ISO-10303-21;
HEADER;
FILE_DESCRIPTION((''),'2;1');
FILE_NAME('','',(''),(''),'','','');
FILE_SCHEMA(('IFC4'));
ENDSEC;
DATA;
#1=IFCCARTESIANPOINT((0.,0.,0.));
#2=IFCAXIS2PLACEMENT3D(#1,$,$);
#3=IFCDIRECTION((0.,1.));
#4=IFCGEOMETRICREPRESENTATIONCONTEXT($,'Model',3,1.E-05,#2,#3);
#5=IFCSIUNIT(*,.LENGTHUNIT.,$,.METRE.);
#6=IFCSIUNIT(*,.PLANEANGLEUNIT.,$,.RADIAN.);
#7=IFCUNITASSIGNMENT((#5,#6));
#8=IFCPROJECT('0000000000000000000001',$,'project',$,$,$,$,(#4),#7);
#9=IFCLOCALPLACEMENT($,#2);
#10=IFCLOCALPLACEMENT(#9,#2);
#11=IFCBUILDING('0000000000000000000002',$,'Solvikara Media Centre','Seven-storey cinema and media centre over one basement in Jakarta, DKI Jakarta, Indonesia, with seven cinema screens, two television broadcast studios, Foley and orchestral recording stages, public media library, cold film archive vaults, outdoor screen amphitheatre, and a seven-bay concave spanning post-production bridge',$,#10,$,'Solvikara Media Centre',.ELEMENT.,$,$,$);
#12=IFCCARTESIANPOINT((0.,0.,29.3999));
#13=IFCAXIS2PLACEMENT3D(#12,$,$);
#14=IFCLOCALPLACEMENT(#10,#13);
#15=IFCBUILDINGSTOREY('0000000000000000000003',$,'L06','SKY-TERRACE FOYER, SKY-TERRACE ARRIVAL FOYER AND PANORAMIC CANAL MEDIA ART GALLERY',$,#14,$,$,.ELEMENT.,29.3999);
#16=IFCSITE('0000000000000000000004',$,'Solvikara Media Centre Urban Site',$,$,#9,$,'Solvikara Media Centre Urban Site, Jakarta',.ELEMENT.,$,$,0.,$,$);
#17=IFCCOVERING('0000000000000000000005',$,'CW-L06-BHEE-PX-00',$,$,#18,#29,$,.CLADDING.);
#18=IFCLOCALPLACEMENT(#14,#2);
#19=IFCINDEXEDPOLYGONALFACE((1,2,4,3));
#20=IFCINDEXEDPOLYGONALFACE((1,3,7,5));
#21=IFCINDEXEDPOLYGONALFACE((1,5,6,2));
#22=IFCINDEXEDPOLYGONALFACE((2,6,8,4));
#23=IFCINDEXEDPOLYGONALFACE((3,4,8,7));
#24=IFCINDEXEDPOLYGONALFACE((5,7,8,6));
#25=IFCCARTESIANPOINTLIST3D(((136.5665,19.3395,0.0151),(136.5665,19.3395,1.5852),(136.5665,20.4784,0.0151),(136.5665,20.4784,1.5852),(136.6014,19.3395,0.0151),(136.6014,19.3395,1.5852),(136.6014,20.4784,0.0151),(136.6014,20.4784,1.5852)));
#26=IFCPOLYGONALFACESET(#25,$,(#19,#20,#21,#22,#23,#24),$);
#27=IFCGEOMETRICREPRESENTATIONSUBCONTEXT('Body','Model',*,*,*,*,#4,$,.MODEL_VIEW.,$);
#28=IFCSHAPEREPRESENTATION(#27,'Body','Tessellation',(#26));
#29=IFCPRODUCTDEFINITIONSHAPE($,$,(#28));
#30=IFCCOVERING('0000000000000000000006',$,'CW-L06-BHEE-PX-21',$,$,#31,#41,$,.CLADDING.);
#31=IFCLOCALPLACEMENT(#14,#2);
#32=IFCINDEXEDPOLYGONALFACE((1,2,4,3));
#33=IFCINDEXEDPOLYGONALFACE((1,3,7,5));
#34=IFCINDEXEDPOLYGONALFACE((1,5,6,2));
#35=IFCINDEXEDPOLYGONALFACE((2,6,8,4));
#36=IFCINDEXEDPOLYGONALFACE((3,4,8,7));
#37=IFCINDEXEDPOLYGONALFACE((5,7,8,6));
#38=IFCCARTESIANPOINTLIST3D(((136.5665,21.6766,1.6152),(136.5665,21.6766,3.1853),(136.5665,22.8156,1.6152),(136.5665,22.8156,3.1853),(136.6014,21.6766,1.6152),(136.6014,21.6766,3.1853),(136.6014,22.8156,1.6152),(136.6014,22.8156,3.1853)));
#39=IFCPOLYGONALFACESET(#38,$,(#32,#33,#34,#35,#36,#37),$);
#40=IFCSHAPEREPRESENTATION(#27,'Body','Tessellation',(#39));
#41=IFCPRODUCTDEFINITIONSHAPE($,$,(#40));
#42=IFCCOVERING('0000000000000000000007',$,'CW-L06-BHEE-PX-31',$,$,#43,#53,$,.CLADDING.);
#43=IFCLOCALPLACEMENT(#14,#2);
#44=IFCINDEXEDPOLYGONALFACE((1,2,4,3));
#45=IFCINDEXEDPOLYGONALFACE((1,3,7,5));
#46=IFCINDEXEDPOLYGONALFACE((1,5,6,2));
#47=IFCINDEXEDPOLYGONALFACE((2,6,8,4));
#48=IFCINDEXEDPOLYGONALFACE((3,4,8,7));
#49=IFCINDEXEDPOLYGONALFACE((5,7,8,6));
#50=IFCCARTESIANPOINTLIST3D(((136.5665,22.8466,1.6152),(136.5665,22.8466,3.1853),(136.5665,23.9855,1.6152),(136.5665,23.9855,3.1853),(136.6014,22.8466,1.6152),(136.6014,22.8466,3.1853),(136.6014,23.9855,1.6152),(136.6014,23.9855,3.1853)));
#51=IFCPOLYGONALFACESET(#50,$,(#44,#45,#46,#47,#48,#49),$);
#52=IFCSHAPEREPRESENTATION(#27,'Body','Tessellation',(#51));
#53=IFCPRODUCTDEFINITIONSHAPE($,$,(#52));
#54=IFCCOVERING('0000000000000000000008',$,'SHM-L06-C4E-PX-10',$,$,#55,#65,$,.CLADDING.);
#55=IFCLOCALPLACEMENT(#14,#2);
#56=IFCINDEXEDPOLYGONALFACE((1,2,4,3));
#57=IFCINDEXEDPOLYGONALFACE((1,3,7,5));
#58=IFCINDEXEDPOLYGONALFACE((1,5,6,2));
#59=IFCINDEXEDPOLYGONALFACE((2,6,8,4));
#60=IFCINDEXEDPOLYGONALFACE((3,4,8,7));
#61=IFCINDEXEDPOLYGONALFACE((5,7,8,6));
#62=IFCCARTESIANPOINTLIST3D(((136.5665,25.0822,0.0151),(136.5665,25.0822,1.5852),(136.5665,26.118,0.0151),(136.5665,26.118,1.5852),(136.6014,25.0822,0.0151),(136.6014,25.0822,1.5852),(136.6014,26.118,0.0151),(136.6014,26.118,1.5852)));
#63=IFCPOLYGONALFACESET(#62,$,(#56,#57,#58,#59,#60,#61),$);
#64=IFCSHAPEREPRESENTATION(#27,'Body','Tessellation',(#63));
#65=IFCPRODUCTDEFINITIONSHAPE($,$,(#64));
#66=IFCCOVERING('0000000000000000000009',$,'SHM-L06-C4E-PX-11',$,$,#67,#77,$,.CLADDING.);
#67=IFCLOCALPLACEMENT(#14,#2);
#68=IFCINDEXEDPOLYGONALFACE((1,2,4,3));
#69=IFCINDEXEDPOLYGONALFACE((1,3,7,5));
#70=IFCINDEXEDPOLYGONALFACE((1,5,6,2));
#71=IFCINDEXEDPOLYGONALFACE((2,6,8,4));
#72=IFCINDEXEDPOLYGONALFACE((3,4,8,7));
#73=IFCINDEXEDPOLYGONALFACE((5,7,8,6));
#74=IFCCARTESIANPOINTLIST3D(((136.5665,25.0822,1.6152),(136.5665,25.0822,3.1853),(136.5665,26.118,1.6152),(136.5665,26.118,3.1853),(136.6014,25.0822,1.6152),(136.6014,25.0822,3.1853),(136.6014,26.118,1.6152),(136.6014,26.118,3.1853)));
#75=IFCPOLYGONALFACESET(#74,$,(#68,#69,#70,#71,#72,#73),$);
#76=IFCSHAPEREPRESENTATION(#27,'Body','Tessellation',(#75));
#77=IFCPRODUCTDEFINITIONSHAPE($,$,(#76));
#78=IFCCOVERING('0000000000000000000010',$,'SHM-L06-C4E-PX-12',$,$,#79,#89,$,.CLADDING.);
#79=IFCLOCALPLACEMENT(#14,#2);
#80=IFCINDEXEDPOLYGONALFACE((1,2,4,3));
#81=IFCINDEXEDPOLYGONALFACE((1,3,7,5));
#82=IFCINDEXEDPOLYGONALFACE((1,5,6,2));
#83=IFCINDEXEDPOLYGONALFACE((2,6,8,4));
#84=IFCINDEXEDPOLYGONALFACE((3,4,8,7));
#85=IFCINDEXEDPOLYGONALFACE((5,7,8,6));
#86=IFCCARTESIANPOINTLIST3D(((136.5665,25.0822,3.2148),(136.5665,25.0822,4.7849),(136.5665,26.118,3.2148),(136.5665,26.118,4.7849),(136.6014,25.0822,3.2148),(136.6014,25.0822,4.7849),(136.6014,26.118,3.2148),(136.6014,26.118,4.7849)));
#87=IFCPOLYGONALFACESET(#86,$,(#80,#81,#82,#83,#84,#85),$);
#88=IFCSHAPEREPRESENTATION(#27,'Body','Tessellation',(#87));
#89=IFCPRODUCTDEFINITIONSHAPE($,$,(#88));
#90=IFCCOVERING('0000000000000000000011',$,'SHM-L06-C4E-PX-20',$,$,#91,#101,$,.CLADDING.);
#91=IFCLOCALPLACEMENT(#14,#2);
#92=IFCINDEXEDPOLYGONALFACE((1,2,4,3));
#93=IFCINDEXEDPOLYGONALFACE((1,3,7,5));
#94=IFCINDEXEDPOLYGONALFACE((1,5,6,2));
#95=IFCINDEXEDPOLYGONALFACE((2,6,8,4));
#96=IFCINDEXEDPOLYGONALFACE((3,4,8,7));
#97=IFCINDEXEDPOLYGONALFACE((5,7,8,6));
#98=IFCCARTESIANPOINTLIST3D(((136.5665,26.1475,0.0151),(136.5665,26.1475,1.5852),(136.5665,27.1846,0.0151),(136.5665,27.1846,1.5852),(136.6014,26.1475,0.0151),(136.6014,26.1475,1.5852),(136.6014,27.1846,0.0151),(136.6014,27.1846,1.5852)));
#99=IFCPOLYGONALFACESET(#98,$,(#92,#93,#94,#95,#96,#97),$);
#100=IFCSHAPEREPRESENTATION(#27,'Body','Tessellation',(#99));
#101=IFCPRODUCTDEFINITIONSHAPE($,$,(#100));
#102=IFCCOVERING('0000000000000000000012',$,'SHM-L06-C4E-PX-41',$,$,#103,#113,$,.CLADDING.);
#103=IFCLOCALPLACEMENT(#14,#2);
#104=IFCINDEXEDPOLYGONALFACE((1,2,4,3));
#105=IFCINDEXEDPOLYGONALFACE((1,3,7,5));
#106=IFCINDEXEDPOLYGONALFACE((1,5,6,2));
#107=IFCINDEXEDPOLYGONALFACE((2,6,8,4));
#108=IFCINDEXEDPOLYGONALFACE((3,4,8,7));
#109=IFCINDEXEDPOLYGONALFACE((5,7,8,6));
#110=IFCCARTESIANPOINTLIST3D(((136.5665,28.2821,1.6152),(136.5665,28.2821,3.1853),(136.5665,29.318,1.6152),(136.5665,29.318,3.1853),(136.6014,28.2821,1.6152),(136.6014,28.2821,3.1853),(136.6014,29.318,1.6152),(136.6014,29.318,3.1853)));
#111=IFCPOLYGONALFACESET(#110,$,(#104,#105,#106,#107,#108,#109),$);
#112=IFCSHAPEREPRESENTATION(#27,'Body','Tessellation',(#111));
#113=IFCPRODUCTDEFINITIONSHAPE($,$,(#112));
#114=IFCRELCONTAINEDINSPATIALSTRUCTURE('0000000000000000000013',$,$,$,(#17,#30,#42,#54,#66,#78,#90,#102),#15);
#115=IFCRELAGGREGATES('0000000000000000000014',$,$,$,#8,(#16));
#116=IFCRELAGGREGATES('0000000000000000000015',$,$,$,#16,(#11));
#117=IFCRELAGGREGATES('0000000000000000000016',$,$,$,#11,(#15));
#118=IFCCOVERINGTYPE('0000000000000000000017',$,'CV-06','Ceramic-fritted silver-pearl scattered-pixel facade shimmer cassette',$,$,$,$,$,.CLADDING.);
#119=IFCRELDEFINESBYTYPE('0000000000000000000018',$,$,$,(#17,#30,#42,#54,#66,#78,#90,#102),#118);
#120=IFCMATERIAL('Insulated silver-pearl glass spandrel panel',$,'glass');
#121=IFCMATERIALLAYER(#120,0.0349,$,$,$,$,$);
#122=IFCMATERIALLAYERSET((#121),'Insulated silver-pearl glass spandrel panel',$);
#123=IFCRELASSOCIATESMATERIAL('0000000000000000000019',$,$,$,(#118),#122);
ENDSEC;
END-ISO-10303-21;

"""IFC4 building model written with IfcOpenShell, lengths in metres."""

from ifc_helpers import new_model, si_unit, direction, frame, origin, origin_2d, place, context, subcontext, project, spatial, rectangle, extrude, material, layer, layer_set, type_object, element, save


model = new_model("IFC4")

# Units and contexts
model_context = context("Model", 3, precision=1e-05, world=origin(), true_north=direction((0.0, 1.0)))
body_context = subcontext(model_context, "Body", "Model", "MODEL_VIEW")
ifc_project = project(units=[si_unit("LENGTHUNIT", "METRE"), si_unit("PLANEANGLEUNIT", "RADIAN")], contexts=[model_context])

# Site, building, storey
site_placement = place(None, origin())
site = spatial("IfcSite", under=ifc_project, at=site_placement, Name="Solvikara Media Centre Urban Site", LongName="Solvikara Media Centre Urban Site, Jakarta", CompositionType="ELEMENT", RefElevation=0.0)
building_placement = place(site_placement, origin())
building = spatial("IfcBuilding", under=site, at=building_placement, Name="Solvikara Media Centre", Description="Seven-storey cinema and media centre over one basement in Jakarta, DKI Jakarta, Indonesia, with seven cinema screens, two television broadcast studios, Foley and orchestral recording stages, public media library, cold film archive vaults, outdoor screen amphitheatre, and a seven-bay concave spanning post-production bridge", LongName="Solvikara Media Centre", CompositionType="ELEMENT")
storey_placement = place(building_placement, frame((0.0, 0.0, 29.3999)))
storey = spatial("IfcBuildingStorey", under=building, at=storey_placement, Name="L06", Description="SKY-TERRACE FOYER, SKY-TERRACE ARRIVAL FOYER AND PANORAMIC CANAL MEDIA ART GALLERY", CompositionType="ELEMENT", Elevation=29.3999)

# Shared definitions
ifc_material_1 = material(Name="Insulated silver-pearl glass spandrel panel", Category="glass")

# Coverings
ifc_layer_1 = layer(ifc_material_1, 0.0349)
ifc_layer_set_1 = layer_set([ifc_layer_1], Name="Insulated silver-pearl glass spandrel panel")
covering_type_1 = type_object("IfcCoveringType", Name="CV-06", Description="Ceramic-fritted silver-pearl scattered-pixel facade shimmer cassette", PredefinedType="CLADDING", material=ifc_layer_set_1)
for number, where, z_axis, x_axis, name in (
    (1, (136.584, 19.9089, 0.0151), (0.0, 0.0, 1.0), (0.0, 1.0, 0.0), "CW-L06-BHEE-PX-00"),
    (2, (136.584, 22.2461, 1.6152), (0.0, 0.0, 1.0), (0.0, 1.0, 0.0), "CW-L06-BHEE-PX-21"),
    (3, (136.584, 23.416, 1.6152), (0.0, 0.0, 1.0), (0.0, 1.0, 0.0), "CW-L06-BHEE-PX-31"),
):
    element("IfcCovering", number, at=place(storey_placement, frame(where, z_axis=z_axis, x_axis=x_axis)), inside=storey, type_object=covering_type_1, Name=name, PredefinedType="CLADDING", context=body_context, shape_type="SweptSolid", body=[
        extrude(rectangle(XDim=1.1389, YDim=0.0349, at=origin_2d()), origin(), (0.0, 0.0, 1.0), 1.5701),
    ])
for number, where, z_axis, x_axis, name in (
    (4, (136.584, 25.6001, 0.0151), (0.0, 0.0, 1.0), (0.0, 1.0, 0.0), "SHM-L06-C4E-PX-10"),
    (5, (136.584, 25.6001, 1.6152), (0.0, 0.0, 1.0), (0.0, 1.0, 0.0), "SHM-L06-C4E-PX-11"),
    (6, (136.584, 25.6001, 3.2148), (0.0, 0.0, 1.0), (0.0, 1.0, 0.0), "SHM-L06-C4E-PX-12"),
):
    element("IfcCovering", number, at=place(storey_placement, frame(where, z_axis=z_axis, x_axis=x_axis)), inside=storey, type_object=covering_type_1, Name=name, PredefinedType="CLADDING", context=body_context, shape_type="SweptSolid", body=[
        extrude(rectangle(XDim=1.0359, YDim=0.0349, at=origin_2d()), origin(), (0.0, 0.0, 1.0), 1.5701),
    ])
covering_1_placement = place(storey_placement, frame((136.584, 26.666, 0.0151), z_axis=(0.0, 0.0, 1.0), x_axis=(0.0, 1.0, 0.0)))
element("IfcCovering", 7, at=covering_1_placement, inside=storey, type_object=covering_type_1, Name="SHM-L06-C4E-PX-20", PredefinedType="CLADDING", context=body_context, shape_type="SweptSolid", body=[
    extrude(rectangle(XDim=1.0371, YDim=0.0349, at=origin_2d()), origin(), (0.0, 0.0, 1.0), 1.5701),
])
covering_2_placement = place(storey_placement, frame((136.584, 28.8, 1.6152), z_axis=(0.0, 0.0, 1.0), x_axis=(0.0, 1.0, 0.0)))
element("IfcCovering", 8, at=covering_2_placement, inside=storey, type_object=covering_type_1, Name="SHM-L06-C4E-PX-41", PredefinedType="CLADDING", context=body_context, shape_type="SweptSolid", body=[
    extrude(rectangle(XDim=1.0359, YDim=0.0349, at=origin_2d()), origin(), (0.0, 0.0, 1.0), 1.5701),
])

save(model, "model.ifc")
